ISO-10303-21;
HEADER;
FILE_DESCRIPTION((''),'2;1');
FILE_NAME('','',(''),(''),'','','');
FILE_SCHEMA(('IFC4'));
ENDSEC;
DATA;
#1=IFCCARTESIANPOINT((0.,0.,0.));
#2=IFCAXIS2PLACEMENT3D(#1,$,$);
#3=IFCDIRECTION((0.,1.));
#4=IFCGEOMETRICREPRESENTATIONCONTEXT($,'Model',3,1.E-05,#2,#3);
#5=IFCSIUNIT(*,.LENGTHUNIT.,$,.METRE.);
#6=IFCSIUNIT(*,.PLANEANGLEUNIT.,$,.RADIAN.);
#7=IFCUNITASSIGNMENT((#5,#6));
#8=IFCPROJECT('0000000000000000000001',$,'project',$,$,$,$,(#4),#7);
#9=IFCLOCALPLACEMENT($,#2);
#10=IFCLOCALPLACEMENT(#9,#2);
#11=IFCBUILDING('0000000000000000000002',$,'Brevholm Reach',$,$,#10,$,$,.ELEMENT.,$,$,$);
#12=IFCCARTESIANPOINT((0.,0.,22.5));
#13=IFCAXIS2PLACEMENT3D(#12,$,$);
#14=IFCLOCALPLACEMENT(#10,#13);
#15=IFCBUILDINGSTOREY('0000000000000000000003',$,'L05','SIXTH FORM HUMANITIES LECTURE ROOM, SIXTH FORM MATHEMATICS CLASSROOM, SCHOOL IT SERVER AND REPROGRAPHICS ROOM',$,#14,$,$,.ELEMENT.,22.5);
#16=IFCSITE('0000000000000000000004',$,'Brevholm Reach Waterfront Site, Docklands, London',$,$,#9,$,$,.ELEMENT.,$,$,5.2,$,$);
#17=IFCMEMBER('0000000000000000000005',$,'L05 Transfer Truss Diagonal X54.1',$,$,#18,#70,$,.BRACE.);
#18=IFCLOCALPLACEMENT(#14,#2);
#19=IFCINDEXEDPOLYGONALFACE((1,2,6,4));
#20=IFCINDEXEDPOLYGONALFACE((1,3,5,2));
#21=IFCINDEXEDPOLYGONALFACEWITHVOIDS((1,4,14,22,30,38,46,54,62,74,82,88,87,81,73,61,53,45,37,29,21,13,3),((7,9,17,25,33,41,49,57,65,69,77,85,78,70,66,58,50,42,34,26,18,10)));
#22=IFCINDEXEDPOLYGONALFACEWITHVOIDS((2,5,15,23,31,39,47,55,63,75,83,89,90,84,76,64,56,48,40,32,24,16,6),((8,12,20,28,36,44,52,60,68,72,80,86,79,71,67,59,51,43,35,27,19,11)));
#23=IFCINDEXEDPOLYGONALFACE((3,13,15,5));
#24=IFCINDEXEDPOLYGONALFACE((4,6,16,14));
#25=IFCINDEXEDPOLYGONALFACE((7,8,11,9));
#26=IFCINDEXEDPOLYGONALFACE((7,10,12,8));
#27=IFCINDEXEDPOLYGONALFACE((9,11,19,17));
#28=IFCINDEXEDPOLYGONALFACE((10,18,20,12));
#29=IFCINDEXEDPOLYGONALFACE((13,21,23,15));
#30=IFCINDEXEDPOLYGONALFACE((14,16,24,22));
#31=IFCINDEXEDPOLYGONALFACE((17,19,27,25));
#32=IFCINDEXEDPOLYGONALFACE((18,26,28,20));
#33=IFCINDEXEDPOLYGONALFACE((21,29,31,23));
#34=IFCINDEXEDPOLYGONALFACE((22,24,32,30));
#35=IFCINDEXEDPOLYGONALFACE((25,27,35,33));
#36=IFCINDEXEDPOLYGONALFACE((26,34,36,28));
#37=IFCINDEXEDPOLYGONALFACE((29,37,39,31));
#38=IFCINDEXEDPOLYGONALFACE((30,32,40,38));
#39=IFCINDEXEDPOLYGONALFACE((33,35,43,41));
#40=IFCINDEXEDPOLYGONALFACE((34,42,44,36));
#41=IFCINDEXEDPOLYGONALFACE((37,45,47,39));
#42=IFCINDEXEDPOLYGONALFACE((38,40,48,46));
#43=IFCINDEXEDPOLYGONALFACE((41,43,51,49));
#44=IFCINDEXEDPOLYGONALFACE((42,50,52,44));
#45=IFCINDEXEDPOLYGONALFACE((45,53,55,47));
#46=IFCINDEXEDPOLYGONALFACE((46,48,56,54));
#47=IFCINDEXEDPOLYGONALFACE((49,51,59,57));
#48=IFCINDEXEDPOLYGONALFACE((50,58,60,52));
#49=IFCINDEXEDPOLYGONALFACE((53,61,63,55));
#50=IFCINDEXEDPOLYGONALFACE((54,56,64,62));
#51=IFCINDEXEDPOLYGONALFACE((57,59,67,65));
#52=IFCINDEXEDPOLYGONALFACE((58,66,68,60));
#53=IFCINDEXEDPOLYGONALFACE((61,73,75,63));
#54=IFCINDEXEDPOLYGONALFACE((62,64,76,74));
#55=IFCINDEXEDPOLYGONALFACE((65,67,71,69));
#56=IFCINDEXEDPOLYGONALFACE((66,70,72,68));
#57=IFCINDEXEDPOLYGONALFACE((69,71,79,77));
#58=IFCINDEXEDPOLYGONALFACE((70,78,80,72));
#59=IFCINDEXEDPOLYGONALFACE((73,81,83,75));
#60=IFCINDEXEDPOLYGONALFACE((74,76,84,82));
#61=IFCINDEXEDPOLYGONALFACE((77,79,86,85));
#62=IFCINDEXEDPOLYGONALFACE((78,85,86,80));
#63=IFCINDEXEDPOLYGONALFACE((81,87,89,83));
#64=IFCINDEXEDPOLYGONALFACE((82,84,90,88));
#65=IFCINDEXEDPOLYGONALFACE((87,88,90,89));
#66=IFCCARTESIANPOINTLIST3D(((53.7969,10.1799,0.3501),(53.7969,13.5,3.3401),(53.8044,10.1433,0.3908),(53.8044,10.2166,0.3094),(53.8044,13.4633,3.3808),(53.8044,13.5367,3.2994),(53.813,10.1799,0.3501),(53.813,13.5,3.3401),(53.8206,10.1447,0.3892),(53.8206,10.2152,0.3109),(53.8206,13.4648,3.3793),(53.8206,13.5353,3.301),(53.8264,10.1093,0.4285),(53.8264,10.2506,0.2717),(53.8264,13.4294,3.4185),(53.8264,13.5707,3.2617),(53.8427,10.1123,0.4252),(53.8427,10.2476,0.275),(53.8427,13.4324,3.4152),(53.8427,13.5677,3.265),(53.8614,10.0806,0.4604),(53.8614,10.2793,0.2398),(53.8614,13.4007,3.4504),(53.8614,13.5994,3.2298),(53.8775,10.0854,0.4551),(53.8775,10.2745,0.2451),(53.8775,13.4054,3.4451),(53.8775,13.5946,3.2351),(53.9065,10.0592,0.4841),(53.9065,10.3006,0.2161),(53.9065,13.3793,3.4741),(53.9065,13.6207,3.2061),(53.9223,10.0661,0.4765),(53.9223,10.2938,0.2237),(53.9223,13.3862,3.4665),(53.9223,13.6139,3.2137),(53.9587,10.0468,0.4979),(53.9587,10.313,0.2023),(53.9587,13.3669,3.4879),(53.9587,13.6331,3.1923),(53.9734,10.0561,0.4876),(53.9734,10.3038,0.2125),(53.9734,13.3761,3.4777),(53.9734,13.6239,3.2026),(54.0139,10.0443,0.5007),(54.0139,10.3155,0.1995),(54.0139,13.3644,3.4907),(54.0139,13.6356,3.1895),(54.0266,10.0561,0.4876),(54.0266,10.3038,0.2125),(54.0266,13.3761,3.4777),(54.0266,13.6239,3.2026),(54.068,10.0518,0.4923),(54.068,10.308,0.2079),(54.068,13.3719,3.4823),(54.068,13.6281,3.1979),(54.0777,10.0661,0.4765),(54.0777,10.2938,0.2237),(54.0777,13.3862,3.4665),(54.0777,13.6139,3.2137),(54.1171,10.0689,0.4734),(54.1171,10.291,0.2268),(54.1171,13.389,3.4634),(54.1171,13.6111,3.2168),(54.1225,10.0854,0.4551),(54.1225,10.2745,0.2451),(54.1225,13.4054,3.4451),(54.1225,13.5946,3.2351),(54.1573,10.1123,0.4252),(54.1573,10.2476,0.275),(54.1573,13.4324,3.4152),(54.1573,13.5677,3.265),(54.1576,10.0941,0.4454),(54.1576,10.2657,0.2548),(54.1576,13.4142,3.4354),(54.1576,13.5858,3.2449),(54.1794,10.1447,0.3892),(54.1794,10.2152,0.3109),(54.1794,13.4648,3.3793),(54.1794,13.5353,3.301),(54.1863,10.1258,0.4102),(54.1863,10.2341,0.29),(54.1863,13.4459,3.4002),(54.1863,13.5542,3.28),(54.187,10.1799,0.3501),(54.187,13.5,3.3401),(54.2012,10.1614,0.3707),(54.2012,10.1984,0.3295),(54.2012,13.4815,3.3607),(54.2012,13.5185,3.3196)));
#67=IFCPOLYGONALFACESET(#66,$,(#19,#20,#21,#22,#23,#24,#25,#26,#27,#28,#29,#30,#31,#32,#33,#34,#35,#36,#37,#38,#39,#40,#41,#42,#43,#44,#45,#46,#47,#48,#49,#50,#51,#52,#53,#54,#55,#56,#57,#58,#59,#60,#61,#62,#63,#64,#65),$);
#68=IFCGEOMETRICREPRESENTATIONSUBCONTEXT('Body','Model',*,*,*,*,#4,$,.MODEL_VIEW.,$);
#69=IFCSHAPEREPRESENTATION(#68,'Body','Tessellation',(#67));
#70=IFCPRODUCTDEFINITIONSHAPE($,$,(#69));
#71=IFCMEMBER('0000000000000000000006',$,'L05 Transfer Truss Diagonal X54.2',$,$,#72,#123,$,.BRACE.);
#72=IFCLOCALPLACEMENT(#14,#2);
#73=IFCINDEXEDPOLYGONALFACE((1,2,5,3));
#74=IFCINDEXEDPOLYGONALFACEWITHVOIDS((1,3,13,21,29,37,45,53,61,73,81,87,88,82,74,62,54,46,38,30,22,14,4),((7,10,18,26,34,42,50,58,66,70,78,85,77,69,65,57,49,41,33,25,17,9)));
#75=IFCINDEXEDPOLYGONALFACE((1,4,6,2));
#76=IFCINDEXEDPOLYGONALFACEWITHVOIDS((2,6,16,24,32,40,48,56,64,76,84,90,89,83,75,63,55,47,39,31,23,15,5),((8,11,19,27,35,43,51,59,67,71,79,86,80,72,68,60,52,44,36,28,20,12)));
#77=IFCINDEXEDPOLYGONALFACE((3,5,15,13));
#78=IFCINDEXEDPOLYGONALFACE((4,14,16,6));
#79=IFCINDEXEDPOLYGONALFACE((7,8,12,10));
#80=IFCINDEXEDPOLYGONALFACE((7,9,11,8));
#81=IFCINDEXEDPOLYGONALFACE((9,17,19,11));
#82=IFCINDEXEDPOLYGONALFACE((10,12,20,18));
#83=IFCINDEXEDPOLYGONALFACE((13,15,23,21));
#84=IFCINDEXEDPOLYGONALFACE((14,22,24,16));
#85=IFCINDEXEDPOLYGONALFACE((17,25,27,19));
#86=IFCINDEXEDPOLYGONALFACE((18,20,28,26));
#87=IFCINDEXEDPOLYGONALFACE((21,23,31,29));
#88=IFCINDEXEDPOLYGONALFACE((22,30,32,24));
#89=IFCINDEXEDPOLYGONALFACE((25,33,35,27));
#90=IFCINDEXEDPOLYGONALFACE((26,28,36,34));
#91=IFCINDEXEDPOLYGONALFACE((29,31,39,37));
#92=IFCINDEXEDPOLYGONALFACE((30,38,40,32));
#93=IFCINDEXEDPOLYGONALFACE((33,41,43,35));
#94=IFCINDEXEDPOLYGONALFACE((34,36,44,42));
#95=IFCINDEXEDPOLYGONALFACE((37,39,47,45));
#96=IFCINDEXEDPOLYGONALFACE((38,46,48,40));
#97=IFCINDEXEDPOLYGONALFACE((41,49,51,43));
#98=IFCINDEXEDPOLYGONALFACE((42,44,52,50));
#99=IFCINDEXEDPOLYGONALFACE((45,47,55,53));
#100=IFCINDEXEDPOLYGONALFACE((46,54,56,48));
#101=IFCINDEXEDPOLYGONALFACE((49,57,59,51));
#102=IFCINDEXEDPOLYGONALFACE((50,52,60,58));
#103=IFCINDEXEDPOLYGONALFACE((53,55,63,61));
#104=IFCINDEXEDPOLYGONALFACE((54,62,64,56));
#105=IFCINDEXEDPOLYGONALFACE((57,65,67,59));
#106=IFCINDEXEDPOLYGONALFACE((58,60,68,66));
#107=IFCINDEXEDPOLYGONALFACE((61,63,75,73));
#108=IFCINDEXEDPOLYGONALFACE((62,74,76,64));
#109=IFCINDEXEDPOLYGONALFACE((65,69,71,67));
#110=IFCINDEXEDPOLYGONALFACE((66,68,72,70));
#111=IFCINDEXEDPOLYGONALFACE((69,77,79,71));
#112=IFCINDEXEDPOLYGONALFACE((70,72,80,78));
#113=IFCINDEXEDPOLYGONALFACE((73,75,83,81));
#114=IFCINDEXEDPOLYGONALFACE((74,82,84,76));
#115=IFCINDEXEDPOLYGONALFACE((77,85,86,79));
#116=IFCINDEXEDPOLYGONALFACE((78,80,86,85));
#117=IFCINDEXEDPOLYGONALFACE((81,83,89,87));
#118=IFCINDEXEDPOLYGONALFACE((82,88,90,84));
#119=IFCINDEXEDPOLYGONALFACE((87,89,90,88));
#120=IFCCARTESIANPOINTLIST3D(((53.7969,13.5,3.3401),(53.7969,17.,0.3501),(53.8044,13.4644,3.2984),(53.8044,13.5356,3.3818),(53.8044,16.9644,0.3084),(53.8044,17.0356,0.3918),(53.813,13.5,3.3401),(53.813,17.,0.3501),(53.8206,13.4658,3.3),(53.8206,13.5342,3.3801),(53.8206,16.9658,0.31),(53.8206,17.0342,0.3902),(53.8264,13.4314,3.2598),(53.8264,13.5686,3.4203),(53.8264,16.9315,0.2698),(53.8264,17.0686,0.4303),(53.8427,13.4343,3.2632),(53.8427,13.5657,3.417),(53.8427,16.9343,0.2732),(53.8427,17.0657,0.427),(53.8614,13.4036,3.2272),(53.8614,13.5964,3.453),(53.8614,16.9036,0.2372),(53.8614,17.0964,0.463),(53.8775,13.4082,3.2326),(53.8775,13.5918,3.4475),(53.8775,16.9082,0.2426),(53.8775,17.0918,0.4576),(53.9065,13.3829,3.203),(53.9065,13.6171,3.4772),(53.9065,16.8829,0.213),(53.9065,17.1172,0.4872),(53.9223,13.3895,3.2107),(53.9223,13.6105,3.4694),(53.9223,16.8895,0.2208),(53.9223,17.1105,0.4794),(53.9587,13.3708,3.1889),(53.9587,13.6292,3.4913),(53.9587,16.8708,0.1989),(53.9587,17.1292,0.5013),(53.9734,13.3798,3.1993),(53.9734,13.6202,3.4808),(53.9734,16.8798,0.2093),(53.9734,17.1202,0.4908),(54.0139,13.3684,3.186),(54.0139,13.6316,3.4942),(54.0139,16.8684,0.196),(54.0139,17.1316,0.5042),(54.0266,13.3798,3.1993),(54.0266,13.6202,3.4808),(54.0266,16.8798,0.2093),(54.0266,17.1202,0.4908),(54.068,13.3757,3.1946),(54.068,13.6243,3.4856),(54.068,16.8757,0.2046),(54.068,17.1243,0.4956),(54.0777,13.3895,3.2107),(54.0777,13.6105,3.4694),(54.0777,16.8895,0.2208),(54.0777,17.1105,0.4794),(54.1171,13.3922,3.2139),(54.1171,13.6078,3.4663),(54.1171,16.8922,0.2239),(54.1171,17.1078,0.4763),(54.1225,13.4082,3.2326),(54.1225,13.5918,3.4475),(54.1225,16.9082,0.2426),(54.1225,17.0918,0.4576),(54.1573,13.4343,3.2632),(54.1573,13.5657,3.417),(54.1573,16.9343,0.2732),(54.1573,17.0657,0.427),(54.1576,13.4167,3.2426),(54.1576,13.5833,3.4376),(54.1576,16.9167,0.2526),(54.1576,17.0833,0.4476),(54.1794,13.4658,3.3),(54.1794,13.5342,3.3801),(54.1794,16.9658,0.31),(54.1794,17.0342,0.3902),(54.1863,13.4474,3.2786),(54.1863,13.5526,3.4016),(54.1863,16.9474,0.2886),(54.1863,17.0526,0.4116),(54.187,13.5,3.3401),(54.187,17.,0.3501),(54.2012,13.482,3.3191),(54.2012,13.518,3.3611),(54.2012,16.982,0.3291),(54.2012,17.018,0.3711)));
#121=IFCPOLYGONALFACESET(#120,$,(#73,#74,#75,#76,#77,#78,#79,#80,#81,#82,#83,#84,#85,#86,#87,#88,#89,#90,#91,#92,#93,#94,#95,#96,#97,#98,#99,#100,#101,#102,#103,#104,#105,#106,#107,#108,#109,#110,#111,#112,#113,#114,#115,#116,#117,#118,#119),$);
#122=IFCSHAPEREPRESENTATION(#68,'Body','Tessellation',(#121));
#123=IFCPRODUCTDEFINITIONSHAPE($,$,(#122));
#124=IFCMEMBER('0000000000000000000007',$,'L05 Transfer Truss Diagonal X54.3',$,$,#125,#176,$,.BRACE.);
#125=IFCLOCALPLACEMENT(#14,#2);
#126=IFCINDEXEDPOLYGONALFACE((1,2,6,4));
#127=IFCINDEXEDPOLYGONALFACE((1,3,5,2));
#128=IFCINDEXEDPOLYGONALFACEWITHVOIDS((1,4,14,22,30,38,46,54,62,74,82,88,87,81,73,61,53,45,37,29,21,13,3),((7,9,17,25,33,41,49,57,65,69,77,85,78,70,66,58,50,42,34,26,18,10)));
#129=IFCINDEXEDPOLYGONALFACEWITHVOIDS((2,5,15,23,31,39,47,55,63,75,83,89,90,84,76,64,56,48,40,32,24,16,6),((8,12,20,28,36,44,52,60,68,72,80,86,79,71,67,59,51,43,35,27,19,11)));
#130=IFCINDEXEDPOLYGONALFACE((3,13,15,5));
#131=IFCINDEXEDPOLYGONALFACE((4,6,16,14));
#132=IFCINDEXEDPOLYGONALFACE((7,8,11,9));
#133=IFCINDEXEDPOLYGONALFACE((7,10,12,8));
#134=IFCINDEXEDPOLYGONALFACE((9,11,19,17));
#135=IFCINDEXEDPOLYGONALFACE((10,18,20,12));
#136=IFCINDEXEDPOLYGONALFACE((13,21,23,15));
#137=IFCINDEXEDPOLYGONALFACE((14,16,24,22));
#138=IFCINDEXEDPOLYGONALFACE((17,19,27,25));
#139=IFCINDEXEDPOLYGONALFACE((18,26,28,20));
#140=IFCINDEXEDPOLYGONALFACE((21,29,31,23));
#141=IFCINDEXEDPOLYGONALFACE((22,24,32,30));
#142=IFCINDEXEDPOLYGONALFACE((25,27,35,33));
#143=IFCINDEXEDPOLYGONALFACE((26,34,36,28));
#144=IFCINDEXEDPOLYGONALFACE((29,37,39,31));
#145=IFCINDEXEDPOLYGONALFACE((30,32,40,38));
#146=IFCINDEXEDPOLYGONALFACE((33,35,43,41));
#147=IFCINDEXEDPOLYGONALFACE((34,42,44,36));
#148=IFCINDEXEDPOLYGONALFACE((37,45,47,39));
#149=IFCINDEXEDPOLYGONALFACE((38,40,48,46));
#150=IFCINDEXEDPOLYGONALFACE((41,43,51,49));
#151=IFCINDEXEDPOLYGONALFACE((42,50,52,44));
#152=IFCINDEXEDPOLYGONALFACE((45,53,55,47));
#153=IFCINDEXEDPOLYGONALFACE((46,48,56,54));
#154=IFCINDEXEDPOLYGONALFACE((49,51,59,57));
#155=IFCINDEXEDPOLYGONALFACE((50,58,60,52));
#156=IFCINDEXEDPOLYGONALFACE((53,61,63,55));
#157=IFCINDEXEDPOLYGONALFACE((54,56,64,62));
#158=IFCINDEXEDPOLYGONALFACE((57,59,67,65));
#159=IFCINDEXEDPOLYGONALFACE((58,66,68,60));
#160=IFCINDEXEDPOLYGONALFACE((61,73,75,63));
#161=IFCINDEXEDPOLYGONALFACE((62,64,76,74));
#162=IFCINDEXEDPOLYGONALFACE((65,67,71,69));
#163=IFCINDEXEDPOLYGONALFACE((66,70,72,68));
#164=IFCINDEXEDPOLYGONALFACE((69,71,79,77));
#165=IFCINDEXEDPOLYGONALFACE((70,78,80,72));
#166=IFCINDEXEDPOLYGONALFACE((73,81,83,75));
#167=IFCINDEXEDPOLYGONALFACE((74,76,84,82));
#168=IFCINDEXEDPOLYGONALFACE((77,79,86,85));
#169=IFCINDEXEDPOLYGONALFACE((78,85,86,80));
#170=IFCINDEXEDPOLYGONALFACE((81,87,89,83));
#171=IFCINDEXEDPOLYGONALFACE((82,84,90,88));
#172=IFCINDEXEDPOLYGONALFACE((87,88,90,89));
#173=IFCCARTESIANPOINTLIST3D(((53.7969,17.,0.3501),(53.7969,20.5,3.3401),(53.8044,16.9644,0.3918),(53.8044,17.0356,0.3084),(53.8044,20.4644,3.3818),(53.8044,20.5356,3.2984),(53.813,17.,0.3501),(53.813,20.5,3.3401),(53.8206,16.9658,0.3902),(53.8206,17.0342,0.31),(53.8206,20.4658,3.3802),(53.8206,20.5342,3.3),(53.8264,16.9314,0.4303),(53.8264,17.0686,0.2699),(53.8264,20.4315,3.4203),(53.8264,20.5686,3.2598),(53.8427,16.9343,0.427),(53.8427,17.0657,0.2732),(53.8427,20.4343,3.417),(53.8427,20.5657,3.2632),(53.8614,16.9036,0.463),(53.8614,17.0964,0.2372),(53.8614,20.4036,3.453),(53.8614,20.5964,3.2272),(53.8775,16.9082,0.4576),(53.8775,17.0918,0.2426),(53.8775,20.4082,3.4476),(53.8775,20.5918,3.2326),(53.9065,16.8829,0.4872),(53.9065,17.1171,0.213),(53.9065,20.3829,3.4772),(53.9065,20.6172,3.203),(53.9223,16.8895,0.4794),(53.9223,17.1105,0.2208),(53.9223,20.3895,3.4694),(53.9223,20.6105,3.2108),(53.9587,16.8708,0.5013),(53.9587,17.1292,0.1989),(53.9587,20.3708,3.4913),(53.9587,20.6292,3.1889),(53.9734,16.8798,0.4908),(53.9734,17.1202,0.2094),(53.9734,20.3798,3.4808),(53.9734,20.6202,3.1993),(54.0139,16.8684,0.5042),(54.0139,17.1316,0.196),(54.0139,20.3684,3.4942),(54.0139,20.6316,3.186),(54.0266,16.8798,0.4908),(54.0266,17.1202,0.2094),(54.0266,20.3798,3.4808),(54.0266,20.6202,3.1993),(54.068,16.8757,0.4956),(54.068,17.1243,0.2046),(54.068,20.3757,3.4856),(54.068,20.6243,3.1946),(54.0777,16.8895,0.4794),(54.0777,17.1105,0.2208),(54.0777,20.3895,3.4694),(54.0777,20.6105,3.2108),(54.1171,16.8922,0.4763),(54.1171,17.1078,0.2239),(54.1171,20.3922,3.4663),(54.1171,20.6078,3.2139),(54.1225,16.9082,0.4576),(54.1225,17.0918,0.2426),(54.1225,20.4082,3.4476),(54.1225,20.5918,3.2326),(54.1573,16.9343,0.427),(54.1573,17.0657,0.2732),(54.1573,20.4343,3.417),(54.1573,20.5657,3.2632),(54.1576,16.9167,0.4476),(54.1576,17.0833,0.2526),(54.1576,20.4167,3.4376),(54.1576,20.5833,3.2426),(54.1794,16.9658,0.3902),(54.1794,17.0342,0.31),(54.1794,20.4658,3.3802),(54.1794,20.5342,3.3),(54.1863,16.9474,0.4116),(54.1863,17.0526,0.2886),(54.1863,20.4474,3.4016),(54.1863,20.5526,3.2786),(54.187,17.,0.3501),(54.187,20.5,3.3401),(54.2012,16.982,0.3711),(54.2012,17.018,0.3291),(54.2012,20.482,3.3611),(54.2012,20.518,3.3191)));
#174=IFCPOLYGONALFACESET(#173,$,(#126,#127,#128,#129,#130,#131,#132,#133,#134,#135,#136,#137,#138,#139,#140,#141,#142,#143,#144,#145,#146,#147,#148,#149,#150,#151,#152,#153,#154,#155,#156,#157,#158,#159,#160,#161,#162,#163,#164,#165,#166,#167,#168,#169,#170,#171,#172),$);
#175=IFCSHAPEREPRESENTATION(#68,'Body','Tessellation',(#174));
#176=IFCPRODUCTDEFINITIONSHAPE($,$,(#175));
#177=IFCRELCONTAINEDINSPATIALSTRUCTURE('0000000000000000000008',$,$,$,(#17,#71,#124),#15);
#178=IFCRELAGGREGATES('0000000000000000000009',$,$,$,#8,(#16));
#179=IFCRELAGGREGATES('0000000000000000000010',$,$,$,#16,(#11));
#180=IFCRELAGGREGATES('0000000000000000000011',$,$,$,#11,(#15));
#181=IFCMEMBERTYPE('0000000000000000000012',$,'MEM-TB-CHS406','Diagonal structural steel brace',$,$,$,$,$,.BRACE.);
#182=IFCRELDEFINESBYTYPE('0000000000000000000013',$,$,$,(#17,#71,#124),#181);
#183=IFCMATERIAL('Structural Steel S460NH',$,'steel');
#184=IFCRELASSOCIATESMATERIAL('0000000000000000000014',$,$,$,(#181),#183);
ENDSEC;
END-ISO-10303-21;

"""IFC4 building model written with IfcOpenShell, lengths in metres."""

from ifc_helpers import new_model, si_unit, direction, frame, origin, origin_2d, place, context, subcontext, project, spatial, hollow_circle, extrude, material, material_profile, profile_set, type_object, element, save


model = new_model("IFC4")

# Units and contexts
model_context = context("Model", 3, precision=1e-05, world=origin(), true_north=direction((0.0, 1.0)))
body_context = subcontext(model_context, "Body", "Model", "MODEL_VIEW")
ifc_project = project(units=[si_unit("LENGTHUNIT", "METRE"), si_unit("PLANEANGLEUNIT", "RADIAN")], contexts=[model_context])

# Site, building, storey
site_placement = place(None, origin())
site = spatial("IfcSite", under=ifc_project, at=site_placement, Name="Brevholm Reach Waterfront Site, Docklands, London", CompositionType="ELEMENT", RefElevation=5.2)
building_placement = place(site_placement, origin())
building = spatial("IfcBuilding", under=site, at=building_placement, Name="Brevholm Reach", CompositionType="ELEMENT")
storey_placement = place(building_placement, frame((0.0, 0.0, 22.5)))
storey = spatial("IfcBuildingStorey", under=building, at=storey_placement, Name="L05", Description="SIXTH FORM HUMANITIES LECTURE ROOM, SIXTH FORM MATHEMATICS CLASSROOM, SCHOOL IT SERVER AND REPROGRAPHICS ROOM", CompositionType="ELEMENT", Elevation=22.5)

# Members
ifc_material_1 = material(Name="Structural Steel S460NH", Category="steel")
ifc_material_profile_1 = material_profile(ifc_material_1, hollow_circle(Radius=0.2031, WallThickness=0.0161, at=origin_2d()), Name="CHS 406.4x16")
ifc_profile_set_1 = profile_set([ifc_material_profile_1], Name="Structural Steel S460NH")
member_type_1 = type_object("IfcMemberType", Name="MEM-TB-CHS406", Description="Diagonal structural steel brace", PredefinedType="BRACE", material=ifc_profile_set_1)
member_1_placement = place(storey_placement, frame((54.0, 10.1799, 0.3501), z_axis=(0.0, 0.743079, 0.669203), x_axis=(-1.0, 0.0, 0.0)))
element("IfcMember", 1, at=member_1_placement, inside=storey, type_object=member_type_1, Name="L05 Transfer Truss Diagonal X54.1", PredefinedType="BRACE", context=body_context, shape_type="SweptSolid", body=[
    extrude(hollow_circle(Radius=0.2031, WallThickness=0.0161, at=origin_2d()), origin(), (0.0, 0.0, 1.0), 4.468),
])
for number, where, z_axis, x_axis, name in (
    (2, (54.0, 13.5, 3.3401), (0.0, 0.76033, -0.649537), (-1.0, 0.0, 0.0), "L05 Transfer Truss Diagonal X54.2"),
    (3, (54.0, 17.0, 0.3501), (0.0, 0.76033, 0.649537), (-1.0, 0.0, 0.0), "L05 Transfer Truss Diagonal X54.3"),
):
    element("IfcMember", number, at=place(storey_placement, frame(where, z_axis=z_axis, x_axis=x_axis)), inside=storey, type_object=member_type_1, Name=name, PredefinedType="BRACE", context=body_context, shape_type="SweptSolid", body=[
        extrude(hollow_circle(Radius=0.2031, WallThickness=0.0161, at=origin_2d()), origin(), (0.0, 0.0, 1.0), 4.6033),
    ])

save(model, "model.ifc")
